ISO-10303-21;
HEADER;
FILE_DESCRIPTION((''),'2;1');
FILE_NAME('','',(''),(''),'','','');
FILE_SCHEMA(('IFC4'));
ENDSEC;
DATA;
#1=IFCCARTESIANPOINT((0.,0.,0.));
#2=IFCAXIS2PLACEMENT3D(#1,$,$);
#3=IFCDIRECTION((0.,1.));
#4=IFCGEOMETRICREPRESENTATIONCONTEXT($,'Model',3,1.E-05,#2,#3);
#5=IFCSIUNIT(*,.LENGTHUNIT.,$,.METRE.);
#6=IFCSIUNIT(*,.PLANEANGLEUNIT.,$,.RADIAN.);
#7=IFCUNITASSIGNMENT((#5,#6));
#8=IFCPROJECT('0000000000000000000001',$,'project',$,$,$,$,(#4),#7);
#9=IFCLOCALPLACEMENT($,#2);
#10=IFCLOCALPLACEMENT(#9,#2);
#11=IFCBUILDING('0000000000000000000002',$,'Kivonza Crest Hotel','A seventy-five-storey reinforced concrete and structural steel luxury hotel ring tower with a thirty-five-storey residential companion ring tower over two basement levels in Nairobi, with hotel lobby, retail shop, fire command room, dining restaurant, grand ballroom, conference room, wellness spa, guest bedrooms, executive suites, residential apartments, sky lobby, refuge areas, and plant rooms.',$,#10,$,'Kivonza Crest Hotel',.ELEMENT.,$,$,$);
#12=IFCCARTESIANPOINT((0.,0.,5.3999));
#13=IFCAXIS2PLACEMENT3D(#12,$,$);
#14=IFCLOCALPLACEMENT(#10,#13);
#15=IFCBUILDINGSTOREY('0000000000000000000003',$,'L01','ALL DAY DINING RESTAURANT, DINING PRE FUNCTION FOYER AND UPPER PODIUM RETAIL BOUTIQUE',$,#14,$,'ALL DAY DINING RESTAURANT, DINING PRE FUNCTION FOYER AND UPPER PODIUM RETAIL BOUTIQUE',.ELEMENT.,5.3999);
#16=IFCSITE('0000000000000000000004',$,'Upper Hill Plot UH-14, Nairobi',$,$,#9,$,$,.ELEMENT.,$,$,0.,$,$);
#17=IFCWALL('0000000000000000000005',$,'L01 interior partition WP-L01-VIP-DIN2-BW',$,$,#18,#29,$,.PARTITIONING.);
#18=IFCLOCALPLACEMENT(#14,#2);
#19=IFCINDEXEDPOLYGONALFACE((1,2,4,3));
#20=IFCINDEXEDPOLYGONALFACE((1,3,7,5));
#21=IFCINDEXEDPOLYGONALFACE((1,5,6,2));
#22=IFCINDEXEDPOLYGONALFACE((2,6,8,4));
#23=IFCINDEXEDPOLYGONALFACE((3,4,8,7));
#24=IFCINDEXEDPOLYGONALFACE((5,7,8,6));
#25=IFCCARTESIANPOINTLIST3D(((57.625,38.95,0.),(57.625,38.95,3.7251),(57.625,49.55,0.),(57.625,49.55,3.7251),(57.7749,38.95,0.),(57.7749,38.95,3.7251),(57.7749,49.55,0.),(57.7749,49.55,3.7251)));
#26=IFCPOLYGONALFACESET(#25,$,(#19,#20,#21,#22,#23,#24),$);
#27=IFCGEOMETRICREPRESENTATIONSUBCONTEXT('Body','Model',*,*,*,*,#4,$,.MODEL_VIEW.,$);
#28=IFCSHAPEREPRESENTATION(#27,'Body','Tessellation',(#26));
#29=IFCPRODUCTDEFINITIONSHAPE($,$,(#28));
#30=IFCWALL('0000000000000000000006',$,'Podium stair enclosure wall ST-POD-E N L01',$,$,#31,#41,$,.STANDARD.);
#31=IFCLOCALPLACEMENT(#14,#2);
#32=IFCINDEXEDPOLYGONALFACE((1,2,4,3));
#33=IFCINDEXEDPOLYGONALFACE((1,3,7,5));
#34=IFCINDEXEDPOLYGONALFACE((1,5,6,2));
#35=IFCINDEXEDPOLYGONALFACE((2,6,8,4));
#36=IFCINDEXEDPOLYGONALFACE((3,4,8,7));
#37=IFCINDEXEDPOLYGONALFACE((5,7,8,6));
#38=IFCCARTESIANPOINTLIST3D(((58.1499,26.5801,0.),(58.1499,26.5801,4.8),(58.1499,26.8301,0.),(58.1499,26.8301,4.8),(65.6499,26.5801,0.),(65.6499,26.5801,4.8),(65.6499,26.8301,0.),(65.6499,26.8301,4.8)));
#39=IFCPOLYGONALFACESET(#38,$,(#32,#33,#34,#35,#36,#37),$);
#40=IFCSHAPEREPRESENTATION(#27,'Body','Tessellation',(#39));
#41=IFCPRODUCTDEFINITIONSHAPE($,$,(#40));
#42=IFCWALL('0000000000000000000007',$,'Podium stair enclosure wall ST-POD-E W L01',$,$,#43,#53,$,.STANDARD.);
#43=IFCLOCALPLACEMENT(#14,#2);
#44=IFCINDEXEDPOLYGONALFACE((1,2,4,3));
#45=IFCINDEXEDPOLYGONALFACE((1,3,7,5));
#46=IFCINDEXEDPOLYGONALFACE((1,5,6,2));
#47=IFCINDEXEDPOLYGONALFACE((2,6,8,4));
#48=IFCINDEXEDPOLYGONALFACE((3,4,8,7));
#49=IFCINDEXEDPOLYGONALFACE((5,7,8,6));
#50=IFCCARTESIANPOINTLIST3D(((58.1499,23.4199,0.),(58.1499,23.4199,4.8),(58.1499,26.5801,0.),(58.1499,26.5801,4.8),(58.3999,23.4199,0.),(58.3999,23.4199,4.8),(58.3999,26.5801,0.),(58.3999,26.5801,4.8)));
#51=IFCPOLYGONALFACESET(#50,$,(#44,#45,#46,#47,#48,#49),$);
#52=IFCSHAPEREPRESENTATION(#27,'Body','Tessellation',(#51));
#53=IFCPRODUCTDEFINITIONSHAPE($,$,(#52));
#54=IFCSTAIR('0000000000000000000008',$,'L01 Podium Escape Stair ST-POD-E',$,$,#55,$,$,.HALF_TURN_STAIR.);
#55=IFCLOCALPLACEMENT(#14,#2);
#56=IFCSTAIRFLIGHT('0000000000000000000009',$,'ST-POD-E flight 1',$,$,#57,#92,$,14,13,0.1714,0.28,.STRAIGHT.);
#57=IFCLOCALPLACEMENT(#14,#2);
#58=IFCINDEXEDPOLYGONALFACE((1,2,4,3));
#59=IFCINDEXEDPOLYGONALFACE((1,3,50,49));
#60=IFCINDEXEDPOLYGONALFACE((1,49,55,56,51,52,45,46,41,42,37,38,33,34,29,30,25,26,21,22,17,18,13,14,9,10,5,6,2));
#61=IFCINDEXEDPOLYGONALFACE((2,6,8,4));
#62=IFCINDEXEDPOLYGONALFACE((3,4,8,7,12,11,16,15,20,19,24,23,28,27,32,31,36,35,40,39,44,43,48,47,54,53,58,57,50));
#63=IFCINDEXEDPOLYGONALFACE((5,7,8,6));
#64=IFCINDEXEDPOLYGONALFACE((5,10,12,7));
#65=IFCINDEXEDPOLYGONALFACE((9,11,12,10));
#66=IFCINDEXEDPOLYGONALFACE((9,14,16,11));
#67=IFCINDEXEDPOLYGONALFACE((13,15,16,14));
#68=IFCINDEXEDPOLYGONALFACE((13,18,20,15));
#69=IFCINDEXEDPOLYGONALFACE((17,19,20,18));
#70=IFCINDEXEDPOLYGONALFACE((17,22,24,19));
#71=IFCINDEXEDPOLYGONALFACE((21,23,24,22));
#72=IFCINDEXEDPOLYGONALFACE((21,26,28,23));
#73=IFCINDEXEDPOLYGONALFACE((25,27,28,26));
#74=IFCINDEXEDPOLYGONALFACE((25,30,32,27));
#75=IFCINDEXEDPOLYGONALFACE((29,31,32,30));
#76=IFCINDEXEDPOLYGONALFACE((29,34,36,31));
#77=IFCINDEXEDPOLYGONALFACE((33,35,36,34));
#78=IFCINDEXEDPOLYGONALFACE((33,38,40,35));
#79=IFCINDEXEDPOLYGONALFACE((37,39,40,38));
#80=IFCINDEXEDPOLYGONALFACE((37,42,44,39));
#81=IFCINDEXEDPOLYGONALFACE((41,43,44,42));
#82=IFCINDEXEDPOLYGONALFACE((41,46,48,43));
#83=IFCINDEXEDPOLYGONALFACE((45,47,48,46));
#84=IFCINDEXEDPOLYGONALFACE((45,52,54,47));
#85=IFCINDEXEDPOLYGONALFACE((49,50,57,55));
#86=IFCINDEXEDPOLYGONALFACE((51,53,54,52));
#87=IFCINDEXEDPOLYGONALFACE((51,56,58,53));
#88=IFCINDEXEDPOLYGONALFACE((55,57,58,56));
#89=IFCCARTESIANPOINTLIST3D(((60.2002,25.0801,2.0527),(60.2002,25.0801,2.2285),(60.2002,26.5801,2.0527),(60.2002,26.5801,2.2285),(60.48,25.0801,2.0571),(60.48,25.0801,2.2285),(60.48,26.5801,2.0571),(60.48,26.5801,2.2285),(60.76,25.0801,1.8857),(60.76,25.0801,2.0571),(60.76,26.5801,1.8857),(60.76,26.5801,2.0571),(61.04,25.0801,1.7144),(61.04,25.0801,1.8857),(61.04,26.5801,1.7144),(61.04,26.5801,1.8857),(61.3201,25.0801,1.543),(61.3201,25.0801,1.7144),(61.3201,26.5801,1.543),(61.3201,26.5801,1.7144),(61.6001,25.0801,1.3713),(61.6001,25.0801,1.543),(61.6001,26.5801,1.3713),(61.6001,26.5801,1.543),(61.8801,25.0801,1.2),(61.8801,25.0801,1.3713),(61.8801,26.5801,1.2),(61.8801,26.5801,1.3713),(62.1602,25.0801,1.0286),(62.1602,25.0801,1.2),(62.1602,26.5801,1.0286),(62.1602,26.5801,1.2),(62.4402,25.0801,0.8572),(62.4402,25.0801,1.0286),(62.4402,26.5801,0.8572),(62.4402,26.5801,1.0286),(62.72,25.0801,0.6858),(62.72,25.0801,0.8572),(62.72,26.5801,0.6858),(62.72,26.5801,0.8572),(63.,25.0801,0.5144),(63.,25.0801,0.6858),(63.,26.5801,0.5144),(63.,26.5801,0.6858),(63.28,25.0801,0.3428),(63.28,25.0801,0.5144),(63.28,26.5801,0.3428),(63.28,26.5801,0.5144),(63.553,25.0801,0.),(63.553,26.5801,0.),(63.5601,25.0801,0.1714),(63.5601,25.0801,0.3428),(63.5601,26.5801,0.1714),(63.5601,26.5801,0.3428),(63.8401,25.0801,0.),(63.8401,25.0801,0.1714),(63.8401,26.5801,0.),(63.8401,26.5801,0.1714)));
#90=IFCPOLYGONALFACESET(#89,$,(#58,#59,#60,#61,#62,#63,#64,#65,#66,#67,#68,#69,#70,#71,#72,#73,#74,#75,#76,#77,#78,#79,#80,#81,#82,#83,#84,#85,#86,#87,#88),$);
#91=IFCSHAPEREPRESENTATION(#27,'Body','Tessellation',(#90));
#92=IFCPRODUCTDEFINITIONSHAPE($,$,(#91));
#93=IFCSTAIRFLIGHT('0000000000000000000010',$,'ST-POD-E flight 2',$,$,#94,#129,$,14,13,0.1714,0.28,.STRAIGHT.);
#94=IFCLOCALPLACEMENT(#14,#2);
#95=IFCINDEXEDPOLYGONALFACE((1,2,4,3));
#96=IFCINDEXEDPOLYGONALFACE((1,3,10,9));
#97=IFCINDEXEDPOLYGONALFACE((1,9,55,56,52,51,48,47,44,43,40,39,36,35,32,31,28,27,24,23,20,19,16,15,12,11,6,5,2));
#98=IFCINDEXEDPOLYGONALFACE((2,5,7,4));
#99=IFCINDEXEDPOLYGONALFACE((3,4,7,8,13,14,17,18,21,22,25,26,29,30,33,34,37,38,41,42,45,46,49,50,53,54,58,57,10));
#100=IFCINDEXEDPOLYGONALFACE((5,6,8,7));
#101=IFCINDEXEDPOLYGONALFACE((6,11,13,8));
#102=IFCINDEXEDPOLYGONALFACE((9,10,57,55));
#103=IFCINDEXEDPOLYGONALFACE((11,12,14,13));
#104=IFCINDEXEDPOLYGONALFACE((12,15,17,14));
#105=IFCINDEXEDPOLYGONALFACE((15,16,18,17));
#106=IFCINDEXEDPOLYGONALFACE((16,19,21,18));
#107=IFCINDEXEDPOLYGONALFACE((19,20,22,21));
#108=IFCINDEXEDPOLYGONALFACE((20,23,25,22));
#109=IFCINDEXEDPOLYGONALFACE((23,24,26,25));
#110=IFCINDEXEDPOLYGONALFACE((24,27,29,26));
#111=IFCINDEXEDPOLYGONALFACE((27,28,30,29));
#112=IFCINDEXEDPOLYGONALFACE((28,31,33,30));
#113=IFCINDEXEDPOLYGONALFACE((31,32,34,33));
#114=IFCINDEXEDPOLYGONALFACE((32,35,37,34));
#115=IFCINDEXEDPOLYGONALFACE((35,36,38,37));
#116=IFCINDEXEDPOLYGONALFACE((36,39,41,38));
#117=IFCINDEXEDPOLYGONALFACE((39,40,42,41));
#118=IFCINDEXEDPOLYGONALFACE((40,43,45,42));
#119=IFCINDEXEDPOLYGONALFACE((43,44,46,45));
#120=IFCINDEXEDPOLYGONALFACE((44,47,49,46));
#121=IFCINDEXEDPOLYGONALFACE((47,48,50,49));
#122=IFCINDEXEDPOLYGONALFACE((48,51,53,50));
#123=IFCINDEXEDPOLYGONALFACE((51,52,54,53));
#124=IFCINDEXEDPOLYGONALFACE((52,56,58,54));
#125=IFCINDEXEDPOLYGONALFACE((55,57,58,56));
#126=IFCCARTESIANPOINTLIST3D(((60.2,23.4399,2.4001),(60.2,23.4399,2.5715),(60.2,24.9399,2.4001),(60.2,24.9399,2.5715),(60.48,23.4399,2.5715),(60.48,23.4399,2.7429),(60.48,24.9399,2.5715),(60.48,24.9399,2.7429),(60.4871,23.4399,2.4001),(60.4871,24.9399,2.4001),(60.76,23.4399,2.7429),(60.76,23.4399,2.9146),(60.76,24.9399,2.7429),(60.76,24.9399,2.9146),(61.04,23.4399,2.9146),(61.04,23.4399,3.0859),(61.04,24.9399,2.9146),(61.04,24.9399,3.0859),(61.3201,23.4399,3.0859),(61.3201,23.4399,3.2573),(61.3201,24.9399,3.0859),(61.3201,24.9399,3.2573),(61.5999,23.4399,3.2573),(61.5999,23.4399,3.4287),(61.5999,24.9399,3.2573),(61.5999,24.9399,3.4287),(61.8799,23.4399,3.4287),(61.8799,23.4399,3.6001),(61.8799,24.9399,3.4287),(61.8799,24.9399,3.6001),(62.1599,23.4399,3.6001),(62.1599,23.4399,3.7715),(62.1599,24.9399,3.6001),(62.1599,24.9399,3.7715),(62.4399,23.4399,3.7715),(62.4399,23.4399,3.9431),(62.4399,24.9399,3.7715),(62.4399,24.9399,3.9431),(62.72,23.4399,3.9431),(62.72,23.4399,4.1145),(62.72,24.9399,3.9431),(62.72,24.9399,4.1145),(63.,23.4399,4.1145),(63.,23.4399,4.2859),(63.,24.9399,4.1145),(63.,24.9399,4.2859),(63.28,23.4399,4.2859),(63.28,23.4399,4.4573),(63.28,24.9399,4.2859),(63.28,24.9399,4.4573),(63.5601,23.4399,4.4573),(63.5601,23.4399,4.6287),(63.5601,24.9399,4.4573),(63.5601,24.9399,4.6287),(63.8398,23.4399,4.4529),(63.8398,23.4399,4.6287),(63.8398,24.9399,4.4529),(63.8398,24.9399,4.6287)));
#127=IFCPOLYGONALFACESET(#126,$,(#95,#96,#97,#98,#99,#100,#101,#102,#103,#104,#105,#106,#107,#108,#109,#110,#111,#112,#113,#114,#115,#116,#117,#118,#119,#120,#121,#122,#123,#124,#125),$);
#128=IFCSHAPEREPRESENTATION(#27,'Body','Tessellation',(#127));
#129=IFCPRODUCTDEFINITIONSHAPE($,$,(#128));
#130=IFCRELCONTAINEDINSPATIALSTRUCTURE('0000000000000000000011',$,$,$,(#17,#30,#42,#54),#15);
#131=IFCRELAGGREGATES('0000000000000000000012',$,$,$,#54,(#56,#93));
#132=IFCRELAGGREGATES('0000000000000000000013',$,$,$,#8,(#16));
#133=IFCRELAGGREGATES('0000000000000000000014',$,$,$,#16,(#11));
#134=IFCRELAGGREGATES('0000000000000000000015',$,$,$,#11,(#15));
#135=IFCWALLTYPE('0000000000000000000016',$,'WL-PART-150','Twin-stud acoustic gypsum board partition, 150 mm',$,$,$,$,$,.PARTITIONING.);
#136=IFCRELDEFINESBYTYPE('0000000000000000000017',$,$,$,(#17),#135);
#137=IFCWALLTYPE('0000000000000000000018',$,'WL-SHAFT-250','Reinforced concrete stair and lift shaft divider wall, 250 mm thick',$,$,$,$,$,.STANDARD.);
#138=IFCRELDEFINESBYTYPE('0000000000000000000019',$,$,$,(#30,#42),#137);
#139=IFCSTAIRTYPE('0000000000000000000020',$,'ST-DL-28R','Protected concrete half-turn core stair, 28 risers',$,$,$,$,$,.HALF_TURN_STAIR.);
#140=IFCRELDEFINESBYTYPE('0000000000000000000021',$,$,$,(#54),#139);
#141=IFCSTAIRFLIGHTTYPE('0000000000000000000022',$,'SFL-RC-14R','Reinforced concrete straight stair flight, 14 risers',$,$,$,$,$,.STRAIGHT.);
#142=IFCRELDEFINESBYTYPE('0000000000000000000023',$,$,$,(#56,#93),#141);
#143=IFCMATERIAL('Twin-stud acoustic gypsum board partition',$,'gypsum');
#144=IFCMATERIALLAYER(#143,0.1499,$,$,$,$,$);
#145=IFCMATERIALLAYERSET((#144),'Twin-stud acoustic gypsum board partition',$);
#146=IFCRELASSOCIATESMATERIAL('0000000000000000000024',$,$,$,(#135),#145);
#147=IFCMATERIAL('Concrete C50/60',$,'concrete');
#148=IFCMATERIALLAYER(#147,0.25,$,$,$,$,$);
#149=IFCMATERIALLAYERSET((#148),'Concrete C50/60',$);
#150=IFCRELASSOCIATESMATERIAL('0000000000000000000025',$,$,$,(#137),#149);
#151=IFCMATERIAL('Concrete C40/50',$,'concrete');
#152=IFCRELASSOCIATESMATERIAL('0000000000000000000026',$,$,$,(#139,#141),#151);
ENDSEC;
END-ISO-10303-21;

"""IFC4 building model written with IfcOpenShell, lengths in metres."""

from ifc_helpers import new_model, si_unit, direction, frame, frame_2d, origin, place, context, subcontext, project, spatial, polyline, rectangle, outline, extrude, material, layer, layer_set, type_object, element, aggregate, save


model = new_model("IFC4")

# Units and contexts
model_context = context("Model", 3, precision=1e-05, world=origin(), true_north=direction((0.0, 1.0)))
body_context = subcontext(model_context, "Body", "Model", "MODEL_VIEW")
ifc_project = project(units=[si_unit("LENGTHUNIT", "METRE"), si_unit("PLANEANGLEUNIT", "RADIAN")], contexts=[model_context])

# Site, building, storey
site_placement = place(None, origin())
site = spatial("IfcSite", under=ifc_project, at=site_placement, Name="Upper Hill Plot UH-14, Nairobi", CompositionType="ELEMENT", RefElevation=0.0)
building_placement = place(site_placement, origin())
building = spatial("IfcBuilding", under=site, at=building_placement, Name="Kivonza Crest Hotel", Description="A seventy-five-storey reinforced concrete and structural steel luxury hotel ring tower with a thirty-five-storey residential companion ring tower over two basement levels in Nairobi, with hotel lobby, retail shop, fire command room, dining restaurant, grand ballroom, conference room, wellness spa, guest bedrooms, executive suites, residential apartments, sky lobby, refuge areas, and plant rooms.", LongName="Kivonza Crest Hotel", CompositionType="ELEMENT")
storey_placement = place(building_placement, frame((0.0, 0.0, 5.3999)))
storey = spatial("IfcBuildingStorey", under=building, at=storey_placement, Name="L01", Description="ALL DAY DINING RESTAURANT, DINING PRE FUNCTION FOYER AND UPPER PODIUM RETAIL BOUTIQUE", LongName="ALL DAY DINING RESTAURANT, DINING PRE FUNCTION FOYER AND UPPER PODIUM RETAIL BOUTIQUE", CompositionType="ELEMENT", Elevation=5.3999)

# Walls
ifc_material_1 = material(Name="Twin-stud acoustic gypsum board partition", Category="gypsum")
ifc_layer_1 = layer(ifc_material_1, 0.1499)
ifc_layer_set_1 = layer_set([ifc_layer_1], Name="Twin-stud acoustic gypsum board partition")
wall_type_1 = type_object("IfcWallType", Name="WL-PART-150", Description="Twin-stud acoustic gypsum board partition, 150 mm", PredefinedType="PARTITIONING", material=ifc_layer_set_1)
wall_1_placement = place(storey_placement, frame((57.7, 38.95, 0.0), z_axis=(0.0, 0.0, 1.0), x_axis=(0.0, 1.0, 0.0)))
element("IfcWall", 1, at=wall_1_placement, inside=storey, type_object=wall_type_1, Name="L01 interior partition WP-L01-VIP-DIN2-BW", PredefinedType="PARTITIONING", context=body_context, shape_type="SweptSolid", body=[
    extrude(rectangle(XDim=10.6001, YDim=0.1499, at=frame_2d((5.3, 0.0))), origin(), (0.0, 0.0, 1.0), 3.7251),
])
ifc_material_2 = material(Name="Concrete C50/60", Category="concrete")
ifc_layer_2 = layer(ifc_material_2, 0.25)
ifc_layer_set_2 = layer_set([ifc_layer_2], Name="Concrete C50/60")
wall_type_2 = type_object("IfcWallType", Name="WL-SHAFT-250", Description="Reinforced concrete stair and lift shaft divider wall, 250 mm thick", PredefinedType="STANDARD", material=ifc_layer_set_2)
wall_2_placement = place(storey_placement, frame((58.1499, 26.7051, 0.0), z_axis=(0.0, 0.0, 1.0), x_axis=(1.0, 0.0, 0.0)))
element("IfcWall", 2, at=wall_2_placement, inside=storey, type_object=wall_type_2, Name="Podium stair enclosure wall ST-POD-E N L01", PredefinedType="STANDARD", context=body_context, shape_type="SweptSolid", body=[
    extrude(rectangle(XDim=7.5, YDim=0.25, at=frame_2d((3.75, 0.0))), origin(), (0.0, 0.0, 1.0), 4.8),
])
wall_3_placement = place(storey_placement, frame((58.2749, 23.4199, 0.0), z_axis=(0.0, 0.0, 1.0), x_axis=(0.0, 1.0, 0.0)))
element("IfcWall", 3, at=wall_3_placement, inside=storey, type_object=wall_type_2, Name="Podium stair enclosure wall ST-POD-E W L01", PredefinedType="STANDARD", context=body_context, shape_type="SweptSolid", body=[
    extrude(rectangle(XDim=3.1602, YDim=0.25, at=frame_2d((1.5801, 0.0))), origin(), (0.0, 0.0, 1.0), 4.8),
])

# Stair, stair flights
ifc_material_3 = material(Name="Concrete C40/50", Category="concrete")
stair_type = type_object("IfcStairType", Name="ST-DL-28R", Description="Protected concrete half-turn core stair, 28 risers", PredefinedType="HALF_TURN_STAIR", material=ifc_material_3)
stair_placement = place(storey_placement, origin())
stair = element("IfcStair", 4, at=stair_placement, inside=storey, type_object=stair_type, Name="L01 Podium Escape Stair ST-POD-E", PredefinedType="HALF_TURN_STAIR")
stair_flight_type = type_object("IfcStairFlightType", Name="SFL-RC-14R", Description="Reinforced concrete straight stair flight, 14 risers", PredefinedType="STRAIGHT", material=ifc_material_3)
stair_flight_1_placement = place(storey_placement, frame((63.8401, 25.8301, 0.0), z_axis=(0.0, 0.0, 1.0), x_axis=(-1.0, 0.0, 0.0)))
stair_flight_1 = element("IfcStairFlight", 5, at=stair_flight_1_placement, type_object=stair_flight_type, Name="ST-POD-E flight 1", NumberOfRisers=14, NumberOfTreads=13, PredefinedType="STRAIGHT", RiserHeight=0.1714, TreadLength=0.28, context=body_context, shape_type="SweptSolid", body=[
    extrude(outline(polyline([(0.0, 0.0), (0.0, 0.1714), (0.28, 0.1714), (0.28, 0.3428), (0.5601, 0.3428), (0.5601, 0.5144), (0.8401, 0.5144), (0.8401, 0.6858), (1.1201, 0.6858), (1.1201, 0.8572), (1.3999, 0.8572), (1.3999, 1.0286), (1.6799, 1.0286), (1.6799, 1.2), (1.96, 1.2), (1.96, 1.3713), (2.24, 1.3713), (2.24, 1.543), (2.52, 1.543), (2.52, 1.7144), (2.8, 1.7144), (2.8, 1.8857), (3.0801, 1.8857), (3.0801, 2.0571), (3.3601, 2.0571), (3.3601, 2.2285), (3.6399, 2.2285), (3.6399, 2.3999), (3.6399, 2.0527), (0.2871, 0.0), (0.0, 0.0)])), frame((0.0, 0.75, 0.0), z_axis=(0.0, -1.0, 0.0), x_axis=(1.0, 0.0, 0.0)), (0.0, 0.0, 1.0), 1.5),
])
stair_flight_2_placement = place(storey_placement, frame((60.2, 24.1899, 2.4001), z_axis=(0.0, 0.0, 1.0), x_axis=(1.0, 0.0, 0.0)))
stair_flight_2 = element("IfcStairFlight", 6, at=stair_flight_2_placement, type_object=stair_flight_type, Name="ST-POD-E flight 2", NumberOfRisers=14, NumberOfTreads=13, PredefinedType="STRAIGHT", RiserHeight=0.1714, TreadLength=0.28, context=body_context, shape_type="SweptSolid", body=[
    extrude(outline(polyline([(0.0, 0.0), (0.0, 0.1714), (0.28, 0.1714), (0.28, 0.3428), (0.5601, 0.3428), (0.5601, 0.5144), (0.8401, 0.5144), (0.8401, 0.6858), (1.1201, 0.6858), (1.1201, 0.8572), (1.3999, 0.8572), (1.3999, 1.0286), (1.6799, 1.0286), (1.6799, 1.2), (1.96, 1.2), (1.96, 1.3713), (2.24, 1.3713), (2.24, 1.543), (2.52, 1.543), (2.52, 1.7144), (2.8, 1.7144), (2.8, 1.8857), (3.0801, 1.8857), (3.0801, 2.0571), (3.3601, 2.0571), (3.3601, 2.2285), (3.6399, 2.2285), (3.6399, 2.3999), (3.6399, 2.0527), (0.2871, 0.0), (0.0, 0.0)])), frame((0.0, 0.75, 0.0), z_axis=(0.0, -1.0, 0.0), x_axis=(1.0, 0.0, 0.0)), (0.0, 0.0, 1.0), 1.5),
])
aggregate(stair, [stair_flight_1, stair_flight_2])

save(model, "model.ifc")
